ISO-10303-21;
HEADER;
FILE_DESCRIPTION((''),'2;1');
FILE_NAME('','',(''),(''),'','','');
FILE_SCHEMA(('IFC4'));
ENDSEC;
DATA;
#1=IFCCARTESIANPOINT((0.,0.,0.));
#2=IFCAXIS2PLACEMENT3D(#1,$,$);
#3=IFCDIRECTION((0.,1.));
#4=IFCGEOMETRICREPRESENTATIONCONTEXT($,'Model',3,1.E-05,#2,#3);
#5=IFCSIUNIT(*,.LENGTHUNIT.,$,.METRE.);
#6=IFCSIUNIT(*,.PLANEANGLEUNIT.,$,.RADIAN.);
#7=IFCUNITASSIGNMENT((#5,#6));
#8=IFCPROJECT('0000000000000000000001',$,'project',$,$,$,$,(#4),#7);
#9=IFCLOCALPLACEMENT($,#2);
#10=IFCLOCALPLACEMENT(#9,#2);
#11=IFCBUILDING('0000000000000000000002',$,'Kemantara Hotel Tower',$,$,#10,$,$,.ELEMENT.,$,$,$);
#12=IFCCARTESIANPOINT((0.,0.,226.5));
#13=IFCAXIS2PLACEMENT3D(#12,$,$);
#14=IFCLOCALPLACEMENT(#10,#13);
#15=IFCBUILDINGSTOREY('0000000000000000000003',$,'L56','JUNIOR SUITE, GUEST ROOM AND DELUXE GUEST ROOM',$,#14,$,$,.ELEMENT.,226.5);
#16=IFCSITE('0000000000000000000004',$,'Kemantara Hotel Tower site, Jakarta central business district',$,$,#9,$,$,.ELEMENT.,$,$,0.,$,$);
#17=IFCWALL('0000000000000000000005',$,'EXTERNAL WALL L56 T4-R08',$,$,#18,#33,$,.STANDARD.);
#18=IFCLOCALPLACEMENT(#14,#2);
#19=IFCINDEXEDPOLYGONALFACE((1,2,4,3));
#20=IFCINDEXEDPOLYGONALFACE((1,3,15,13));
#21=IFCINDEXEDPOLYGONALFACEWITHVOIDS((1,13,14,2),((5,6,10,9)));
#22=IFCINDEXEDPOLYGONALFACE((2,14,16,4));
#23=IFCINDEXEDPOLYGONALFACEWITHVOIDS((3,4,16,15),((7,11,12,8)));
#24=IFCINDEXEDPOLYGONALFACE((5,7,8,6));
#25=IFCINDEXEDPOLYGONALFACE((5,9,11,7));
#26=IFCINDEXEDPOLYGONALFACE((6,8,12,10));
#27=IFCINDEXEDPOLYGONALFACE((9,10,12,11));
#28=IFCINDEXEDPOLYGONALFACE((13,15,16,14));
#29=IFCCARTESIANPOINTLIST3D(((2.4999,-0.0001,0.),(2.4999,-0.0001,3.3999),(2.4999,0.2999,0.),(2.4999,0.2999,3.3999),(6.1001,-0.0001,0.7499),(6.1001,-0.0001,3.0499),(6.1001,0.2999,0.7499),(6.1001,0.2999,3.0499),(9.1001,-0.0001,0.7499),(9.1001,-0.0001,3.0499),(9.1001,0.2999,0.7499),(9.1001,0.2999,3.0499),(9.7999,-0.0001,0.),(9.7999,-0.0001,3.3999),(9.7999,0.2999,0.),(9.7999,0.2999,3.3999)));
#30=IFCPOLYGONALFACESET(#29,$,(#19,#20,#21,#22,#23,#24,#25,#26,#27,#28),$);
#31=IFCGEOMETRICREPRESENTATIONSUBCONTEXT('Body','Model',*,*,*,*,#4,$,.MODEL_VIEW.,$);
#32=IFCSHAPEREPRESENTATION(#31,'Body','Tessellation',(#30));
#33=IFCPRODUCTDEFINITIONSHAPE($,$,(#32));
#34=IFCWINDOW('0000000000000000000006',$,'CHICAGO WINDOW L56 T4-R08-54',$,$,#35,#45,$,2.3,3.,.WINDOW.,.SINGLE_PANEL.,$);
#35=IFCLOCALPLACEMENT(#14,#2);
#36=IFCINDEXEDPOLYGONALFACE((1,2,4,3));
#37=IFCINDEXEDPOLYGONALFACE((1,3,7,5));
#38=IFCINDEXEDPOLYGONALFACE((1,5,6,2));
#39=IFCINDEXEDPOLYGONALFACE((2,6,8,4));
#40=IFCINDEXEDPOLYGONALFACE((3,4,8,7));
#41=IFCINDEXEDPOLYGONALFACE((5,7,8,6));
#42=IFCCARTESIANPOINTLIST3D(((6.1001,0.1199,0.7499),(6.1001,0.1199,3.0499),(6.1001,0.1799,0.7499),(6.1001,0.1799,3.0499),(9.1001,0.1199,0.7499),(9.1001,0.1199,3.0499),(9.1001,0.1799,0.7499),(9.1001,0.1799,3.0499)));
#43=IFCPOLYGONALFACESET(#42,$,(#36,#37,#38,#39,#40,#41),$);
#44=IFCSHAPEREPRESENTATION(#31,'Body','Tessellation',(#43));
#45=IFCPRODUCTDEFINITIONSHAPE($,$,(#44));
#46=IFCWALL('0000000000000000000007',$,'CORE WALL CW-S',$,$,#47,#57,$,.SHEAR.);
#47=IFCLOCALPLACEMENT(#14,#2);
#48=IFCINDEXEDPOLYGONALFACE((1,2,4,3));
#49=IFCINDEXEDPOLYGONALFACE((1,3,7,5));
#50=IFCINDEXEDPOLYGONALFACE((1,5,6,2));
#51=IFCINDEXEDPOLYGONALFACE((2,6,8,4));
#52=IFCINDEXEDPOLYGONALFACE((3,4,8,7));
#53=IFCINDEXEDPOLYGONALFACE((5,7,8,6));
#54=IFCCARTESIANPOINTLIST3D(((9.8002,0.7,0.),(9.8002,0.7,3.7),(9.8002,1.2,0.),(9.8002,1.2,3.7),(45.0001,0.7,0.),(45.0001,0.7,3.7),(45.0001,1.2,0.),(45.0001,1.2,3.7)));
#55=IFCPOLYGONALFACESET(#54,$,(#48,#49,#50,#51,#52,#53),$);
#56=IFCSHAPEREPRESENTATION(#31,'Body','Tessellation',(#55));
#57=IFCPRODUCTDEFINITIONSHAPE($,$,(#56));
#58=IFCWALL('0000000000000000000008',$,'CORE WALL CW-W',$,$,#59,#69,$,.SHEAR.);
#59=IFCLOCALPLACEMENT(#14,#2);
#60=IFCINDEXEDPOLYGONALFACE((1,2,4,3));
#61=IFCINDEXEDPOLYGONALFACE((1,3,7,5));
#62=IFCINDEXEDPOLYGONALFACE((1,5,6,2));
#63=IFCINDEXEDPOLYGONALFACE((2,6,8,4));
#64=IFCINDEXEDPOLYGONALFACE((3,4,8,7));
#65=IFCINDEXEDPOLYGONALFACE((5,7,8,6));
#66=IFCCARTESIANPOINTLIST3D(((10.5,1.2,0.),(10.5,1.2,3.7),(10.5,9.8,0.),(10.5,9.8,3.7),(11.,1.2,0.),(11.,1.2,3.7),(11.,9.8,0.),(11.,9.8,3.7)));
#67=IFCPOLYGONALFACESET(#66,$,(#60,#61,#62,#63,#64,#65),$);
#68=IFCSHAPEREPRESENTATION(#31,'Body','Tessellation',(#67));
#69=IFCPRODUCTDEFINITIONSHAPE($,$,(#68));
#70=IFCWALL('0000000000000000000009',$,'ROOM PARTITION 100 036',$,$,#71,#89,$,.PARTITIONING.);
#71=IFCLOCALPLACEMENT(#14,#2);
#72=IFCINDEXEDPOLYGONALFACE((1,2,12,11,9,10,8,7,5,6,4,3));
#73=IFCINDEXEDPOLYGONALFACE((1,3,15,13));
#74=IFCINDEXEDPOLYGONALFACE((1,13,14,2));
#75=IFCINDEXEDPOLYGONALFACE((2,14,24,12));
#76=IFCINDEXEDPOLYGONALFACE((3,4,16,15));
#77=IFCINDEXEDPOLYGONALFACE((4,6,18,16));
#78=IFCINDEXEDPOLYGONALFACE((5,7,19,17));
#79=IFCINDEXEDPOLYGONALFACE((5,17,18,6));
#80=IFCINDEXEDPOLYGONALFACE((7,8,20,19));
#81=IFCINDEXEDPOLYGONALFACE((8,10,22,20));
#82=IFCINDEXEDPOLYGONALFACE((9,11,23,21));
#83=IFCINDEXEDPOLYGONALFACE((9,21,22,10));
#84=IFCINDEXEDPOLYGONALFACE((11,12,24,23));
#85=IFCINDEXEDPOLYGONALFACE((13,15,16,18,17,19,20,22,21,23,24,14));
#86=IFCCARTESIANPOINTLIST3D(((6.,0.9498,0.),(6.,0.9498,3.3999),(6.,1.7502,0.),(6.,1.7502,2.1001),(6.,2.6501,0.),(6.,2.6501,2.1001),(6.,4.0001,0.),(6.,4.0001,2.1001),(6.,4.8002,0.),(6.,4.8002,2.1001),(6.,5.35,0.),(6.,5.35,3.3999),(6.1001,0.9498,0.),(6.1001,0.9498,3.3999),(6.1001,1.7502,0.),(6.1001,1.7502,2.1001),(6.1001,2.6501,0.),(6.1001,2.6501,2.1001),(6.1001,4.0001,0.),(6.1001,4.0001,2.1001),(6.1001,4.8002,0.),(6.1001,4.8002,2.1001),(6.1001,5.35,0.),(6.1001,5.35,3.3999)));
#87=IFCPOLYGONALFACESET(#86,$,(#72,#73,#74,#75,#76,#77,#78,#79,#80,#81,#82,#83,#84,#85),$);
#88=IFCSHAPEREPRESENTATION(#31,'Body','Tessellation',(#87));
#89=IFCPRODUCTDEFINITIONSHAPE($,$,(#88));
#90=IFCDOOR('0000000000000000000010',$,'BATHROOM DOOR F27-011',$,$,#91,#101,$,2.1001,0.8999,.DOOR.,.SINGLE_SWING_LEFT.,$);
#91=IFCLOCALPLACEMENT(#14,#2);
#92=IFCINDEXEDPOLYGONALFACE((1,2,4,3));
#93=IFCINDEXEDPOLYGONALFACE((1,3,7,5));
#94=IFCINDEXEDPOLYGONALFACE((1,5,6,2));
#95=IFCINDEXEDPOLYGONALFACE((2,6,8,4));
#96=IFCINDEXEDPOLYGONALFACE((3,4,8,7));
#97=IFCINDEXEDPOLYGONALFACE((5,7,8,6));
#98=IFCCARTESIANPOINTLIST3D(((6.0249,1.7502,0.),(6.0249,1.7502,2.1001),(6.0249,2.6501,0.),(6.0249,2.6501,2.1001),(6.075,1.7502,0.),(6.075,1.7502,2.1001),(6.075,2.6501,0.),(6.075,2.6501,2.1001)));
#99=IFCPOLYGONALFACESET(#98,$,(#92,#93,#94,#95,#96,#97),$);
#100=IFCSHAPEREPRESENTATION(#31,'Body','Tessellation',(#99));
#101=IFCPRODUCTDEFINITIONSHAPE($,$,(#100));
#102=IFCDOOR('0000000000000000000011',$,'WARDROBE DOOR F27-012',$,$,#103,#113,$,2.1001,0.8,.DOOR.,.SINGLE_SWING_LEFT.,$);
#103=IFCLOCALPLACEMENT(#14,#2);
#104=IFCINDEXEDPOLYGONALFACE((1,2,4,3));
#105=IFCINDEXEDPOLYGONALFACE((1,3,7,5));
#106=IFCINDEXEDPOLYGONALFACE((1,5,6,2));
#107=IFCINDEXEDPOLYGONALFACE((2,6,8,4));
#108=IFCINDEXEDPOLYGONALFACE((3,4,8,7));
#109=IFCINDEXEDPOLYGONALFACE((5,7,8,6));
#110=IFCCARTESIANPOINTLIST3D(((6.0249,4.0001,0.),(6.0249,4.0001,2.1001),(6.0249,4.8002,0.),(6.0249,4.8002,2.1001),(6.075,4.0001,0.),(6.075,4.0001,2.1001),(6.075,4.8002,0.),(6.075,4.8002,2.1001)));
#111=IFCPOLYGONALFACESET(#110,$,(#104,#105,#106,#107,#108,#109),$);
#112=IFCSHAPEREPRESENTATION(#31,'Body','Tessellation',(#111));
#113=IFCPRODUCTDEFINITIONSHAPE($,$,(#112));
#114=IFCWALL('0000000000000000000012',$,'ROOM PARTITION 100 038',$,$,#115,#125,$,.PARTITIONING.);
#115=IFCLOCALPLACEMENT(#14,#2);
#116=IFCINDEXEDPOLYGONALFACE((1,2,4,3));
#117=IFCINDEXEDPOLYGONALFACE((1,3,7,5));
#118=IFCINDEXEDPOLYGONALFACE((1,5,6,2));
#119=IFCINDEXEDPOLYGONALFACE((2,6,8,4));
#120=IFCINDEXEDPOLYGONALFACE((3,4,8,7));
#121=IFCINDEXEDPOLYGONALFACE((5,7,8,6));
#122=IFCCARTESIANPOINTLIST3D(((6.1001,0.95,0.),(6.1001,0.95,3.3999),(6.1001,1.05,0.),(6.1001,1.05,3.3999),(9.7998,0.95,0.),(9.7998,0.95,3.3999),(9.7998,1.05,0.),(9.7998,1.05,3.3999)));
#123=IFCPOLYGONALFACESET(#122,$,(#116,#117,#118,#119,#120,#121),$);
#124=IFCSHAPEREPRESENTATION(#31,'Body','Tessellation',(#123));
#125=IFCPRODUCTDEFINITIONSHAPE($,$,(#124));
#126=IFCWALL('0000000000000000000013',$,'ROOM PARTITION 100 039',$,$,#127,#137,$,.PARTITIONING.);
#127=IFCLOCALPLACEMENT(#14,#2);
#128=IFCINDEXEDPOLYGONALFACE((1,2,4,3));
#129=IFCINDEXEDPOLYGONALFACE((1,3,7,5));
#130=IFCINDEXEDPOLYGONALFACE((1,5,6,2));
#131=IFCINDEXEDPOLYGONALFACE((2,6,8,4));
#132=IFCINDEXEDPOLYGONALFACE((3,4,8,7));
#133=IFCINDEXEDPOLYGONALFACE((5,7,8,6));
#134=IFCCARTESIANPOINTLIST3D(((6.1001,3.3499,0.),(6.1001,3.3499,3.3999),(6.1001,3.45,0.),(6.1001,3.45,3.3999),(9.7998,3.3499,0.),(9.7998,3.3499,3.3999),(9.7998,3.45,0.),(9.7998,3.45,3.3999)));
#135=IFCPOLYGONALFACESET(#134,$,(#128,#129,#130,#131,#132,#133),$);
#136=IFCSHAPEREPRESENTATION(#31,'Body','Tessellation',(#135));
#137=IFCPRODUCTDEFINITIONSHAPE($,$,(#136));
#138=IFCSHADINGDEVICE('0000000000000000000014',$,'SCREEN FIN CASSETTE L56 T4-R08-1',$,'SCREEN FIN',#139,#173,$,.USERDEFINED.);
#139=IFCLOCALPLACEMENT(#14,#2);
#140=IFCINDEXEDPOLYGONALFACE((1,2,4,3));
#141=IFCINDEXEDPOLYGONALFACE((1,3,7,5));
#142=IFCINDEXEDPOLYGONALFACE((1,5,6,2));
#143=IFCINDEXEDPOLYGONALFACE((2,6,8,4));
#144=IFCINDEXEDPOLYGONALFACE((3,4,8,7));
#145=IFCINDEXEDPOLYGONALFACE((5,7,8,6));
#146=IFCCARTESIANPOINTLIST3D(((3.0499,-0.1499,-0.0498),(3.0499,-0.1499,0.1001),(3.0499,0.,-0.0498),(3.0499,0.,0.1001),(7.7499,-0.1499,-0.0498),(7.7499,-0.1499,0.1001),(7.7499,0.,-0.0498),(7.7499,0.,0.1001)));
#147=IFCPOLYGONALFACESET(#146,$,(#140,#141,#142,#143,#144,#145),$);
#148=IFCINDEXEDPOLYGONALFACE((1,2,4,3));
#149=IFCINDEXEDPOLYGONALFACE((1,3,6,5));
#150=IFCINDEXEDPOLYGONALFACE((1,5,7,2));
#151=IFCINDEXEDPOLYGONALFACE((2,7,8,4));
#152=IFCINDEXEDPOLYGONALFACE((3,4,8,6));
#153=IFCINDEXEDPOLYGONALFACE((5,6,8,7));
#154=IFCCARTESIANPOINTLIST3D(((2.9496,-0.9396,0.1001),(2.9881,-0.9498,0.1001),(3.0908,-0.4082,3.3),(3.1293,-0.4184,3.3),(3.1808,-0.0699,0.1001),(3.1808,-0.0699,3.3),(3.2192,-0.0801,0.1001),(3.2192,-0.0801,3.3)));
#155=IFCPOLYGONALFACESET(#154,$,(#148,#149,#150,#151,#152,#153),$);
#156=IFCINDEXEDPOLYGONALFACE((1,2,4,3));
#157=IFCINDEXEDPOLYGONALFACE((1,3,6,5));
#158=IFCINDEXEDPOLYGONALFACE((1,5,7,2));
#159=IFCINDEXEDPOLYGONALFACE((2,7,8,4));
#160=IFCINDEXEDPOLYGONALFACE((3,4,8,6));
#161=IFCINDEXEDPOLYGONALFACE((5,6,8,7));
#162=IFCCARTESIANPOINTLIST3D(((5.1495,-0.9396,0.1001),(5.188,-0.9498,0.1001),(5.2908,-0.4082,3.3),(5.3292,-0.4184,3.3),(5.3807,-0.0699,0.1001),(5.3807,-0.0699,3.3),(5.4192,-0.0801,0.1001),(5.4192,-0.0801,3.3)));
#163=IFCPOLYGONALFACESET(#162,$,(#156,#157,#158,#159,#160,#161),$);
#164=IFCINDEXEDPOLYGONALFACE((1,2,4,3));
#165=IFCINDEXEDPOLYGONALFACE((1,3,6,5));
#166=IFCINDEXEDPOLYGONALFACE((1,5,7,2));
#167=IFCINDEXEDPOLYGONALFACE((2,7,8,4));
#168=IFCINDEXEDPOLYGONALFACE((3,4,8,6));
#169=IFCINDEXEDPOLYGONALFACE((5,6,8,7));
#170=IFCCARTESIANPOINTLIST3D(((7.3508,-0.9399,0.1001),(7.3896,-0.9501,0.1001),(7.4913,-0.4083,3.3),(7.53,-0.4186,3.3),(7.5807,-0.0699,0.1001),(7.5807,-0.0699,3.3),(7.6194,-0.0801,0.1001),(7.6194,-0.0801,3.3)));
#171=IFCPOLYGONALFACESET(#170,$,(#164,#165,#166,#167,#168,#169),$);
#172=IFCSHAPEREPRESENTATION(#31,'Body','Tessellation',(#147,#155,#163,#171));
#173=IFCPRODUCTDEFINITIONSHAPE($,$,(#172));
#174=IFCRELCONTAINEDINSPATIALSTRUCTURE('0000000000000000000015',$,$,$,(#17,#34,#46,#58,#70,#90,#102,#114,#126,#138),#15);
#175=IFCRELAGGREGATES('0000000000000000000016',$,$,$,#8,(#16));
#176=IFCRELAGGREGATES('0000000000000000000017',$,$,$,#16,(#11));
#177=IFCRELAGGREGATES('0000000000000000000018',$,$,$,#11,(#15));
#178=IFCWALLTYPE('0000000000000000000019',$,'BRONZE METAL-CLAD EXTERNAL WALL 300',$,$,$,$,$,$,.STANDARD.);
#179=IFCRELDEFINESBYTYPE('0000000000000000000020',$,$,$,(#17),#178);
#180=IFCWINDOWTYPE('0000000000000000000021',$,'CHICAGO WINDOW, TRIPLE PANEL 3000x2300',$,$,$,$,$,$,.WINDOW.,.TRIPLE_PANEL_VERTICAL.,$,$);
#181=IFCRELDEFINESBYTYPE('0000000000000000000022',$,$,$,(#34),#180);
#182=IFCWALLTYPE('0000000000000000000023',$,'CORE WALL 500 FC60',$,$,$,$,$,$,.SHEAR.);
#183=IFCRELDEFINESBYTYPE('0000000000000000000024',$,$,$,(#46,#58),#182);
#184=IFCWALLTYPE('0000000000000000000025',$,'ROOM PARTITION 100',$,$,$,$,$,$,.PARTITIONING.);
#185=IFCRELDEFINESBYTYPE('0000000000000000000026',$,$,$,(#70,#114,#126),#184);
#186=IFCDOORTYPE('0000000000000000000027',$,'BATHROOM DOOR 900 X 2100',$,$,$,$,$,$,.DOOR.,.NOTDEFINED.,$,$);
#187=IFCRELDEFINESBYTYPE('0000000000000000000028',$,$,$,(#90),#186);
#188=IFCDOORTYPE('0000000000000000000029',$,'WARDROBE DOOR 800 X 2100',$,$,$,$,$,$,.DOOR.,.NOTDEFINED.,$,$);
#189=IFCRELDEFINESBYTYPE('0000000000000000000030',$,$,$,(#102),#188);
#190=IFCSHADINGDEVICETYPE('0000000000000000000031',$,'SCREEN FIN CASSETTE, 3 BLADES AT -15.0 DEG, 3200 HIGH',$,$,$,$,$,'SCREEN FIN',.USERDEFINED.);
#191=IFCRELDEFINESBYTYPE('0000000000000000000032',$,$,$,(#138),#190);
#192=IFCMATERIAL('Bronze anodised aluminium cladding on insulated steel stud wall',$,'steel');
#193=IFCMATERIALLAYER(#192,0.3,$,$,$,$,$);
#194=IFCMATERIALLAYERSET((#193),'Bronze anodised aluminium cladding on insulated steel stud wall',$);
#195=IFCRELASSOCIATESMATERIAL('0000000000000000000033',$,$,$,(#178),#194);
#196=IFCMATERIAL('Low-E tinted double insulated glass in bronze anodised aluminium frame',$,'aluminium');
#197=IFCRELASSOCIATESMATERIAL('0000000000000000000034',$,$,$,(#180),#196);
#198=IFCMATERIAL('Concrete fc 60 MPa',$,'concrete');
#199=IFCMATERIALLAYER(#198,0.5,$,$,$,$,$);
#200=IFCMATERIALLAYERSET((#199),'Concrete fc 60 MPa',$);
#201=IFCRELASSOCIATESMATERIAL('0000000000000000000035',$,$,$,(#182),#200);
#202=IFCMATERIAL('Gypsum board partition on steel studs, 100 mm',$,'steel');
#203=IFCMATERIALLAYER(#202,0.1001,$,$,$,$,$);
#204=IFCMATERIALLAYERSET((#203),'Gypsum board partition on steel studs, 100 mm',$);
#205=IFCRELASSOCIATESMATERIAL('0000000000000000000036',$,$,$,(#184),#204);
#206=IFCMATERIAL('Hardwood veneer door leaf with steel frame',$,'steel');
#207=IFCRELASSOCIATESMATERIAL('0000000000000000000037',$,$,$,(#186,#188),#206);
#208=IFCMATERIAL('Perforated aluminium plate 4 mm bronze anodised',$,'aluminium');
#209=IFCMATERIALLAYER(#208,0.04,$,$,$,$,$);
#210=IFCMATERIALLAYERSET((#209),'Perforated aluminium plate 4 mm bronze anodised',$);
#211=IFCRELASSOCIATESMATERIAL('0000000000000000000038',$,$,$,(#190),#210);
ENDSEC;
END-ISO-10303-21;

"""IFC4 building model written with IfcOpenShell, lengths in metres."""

from ifc_helpers import new_model, si_unit, direction, frame, frame_2d, origin, origin_2d, place, context, subcontext, project, spatial, polyline, rectangle, outline, extrude, source, transform, mapped, material, layer, layer_set, type_object, element, fill, save


model = new_model("IFC4")

# Units and contexts
model_context = context("Model", 3, precision=1e-05, world=origin(), true_north=direction((0.0, 1.0)))
body_context = subcontext(model_context, "Body", "Model", "MODEL_VIEW")
ifc_project = project(units=[si_unit("LENGTHUNIT", "METRE"), si_unit("PLANEANGLEUNIT", "RADIAN")], contexts=[model_context])

# Site, building, storey
site_placement = place(None, origin())
site = spatial("IfcSite", under=ifc_project, at=site_placement, Name="Kemantara Hotel Tower site, Jakarta central business district", CompositionType="ELEMENT", RefElevation=0.0)
building_placement = place(site_placement, origin())
building = spatial("IfcBuilding", under=site, at=building_placement, Name="Kemantara Hotel Tower", CompositionType="ELEMENT")
storey_placement = place(building_placement, frame((0.0, 0.0, 226.5)))
storey = spatial("IfcBuildingStorey", under=building, at=storey_placement, Name="L56", Description="JUNIOR SUITE, GUEST ROOM AND DELUXE GUEST ROOM", CompositionType="ELEMENT", Elevation=226.5)

# Shared definitions
ifc_material_1 = material(Name="Concrete fc 60 MPa", Category="concrete")

# Shared definitions
ifc_material_2 = material(Name="Bronze anodised aluminium cladding on insulated steel stud wall", Category="steel")
ifc_layer_1 = layer(ifc_material_2, 0.3)
ifc_layer_set_1 = layer_set([ifc_layer_1], Name="Bronze anodised aluminium cladding on insulated steel stud wall")
wall_type_1 = type_object("IfcWallType", Name="BRONZE METAL-CLAD EXTERNAL WALL 300", PredefinedType="STANDARD", material=ifc_layer_set_1)

# Wall, opening, window
wall_1_placement = place(storey_placement, frame((2.5, 0.1499, 0.0), z_axis=(0.0, 0.0, 1.0), x_axis=(1.0, 0.0, 0.0)))
wall_1 = element("IfcWall", 1, at=wall_1_placement, inside=storey, type_object=wall_type_1, Name="EXTERNAL WALL L56 T4-R08", PredefinedType="STANDARD", context=body_context, shape_type="SweptSolid", body=[
    extrude(rectangle(XDim=7.3, YDim=0.3, at=frame_2d((3.6499, 0.0))), origin(), (0.0, 0.0, 1.0), 3.3999),
])
opening_1_placement = place(wall_1_placement, frame((3.6001, 0.0, 0.75)))
opening_1 = element("IfcOpeningElement", 2, at=opening_1_placement, cuts=wall_1, PredefinedType="OPENING", context=body_context, shape_type="SweptSolid", body=[
    extrude(rectangle(XDim=3.0, YDim=2.3, at=frame_2d((1.5, 1.1499))), frame((0.0, 0.1599, 0.0), z_axis=(0.0, -1.0, 0.0), x_axis=(1.0, 0.0, 0.0)), (0.0, 0.0, 1.0), 0.3201),
])
ifc_material_3 = material(Name="Low-E tinted double insulated glass in bronze anodised aluminium frame", Category="aluminium")
window_type = type_object("IfcWindowType", Name="CHICAGO WINDOW, TRIPLE PANEL 3000x2300", PartitioningType="TRIPLE_PANEL_VERTICAL", PredefinedType="WINDOW", material=ifc_material_3)
window_placement = place(opening_1_placement, origin())
window = element("IfcWindow", 3, at=window_placement, inside=storey, type_object=window_type, Name="CHICAGO WINDOW L56 T4-R08-54", OverallHeight=2.3, OverallWidth=3.0, PartitioningType="SINGLE_PANEL", PredefinedType="WINDOW", context=body_context, shape_type="SweptSolid", body=[
    extrude(rectangle(XDim=3.0, YDim=2.3, at=frame_2d((1.5, 1.1499))), frame((0.0, 0.03, 0.0), z_axis=(0.0, -1.0, 0.0), x_axis=(1.0, 0.0, 0.0)), (0.0, 0.0, 1.0), 0.0601),
])
fill(opening_1, window)

# Walls
ifc_layer_2 = layer(ifc_material_1, 0.5)
ifc_layer_set_2 = layer_set([ifc_layer_2], Name="Concrete fc 60 MPa")
wall_type_2 = type_object("IfcWallType", Name="CORE WALL 500 FC60", PredefinedType="SHEAR", material=ifc_layer_set_2)
wall_2_placement = place(storey_placement, frame((9.8, 0.95, 0.0), z_axis=(0.0, 0.0, 1.0), x_axis=(1.0, 0.0, 0.0)))
element("IfcWall", 4, at=wall_2_placement, inside=storey, type_object=wall_type_2, Name="CORE WALL CW-S", PredefinedType="SHEAR", context=body_context, shape_type="SweptSolid", body=[
    extrude(rectangle(XDim=35.2, YDim=0.5, at=frame_2d((17.6001, 0.0))), origin(), (0.0, 0.0, 1.0), 3.7),
])
wall_3_placement = place(storey_placement, frame((10.75, 1.2, 0.0), z_axis=(0.0, 0.0, 1.0), x_axis=(0.0, 1.0, 0.0)))
element("IfcWall", 5, at=wall_3_placement, inside=storey, type_object=wall_type_2, Name="CORE WALL CW-W", PredefinedType="SHEAR", context=body_context, shape_type="SweptSolid", body=[
    extrude(rectangle(XDim=8.6001, YDim=0.5, at=frame_2d((4.3, 0.0))), origin(), (0.0, 0.0, 1.0), 3.7),
])

# Wall, openings, doors
ifc_material_4 = material(Name="Gypsum board partition on steel studs, 100 mm", Category="steel")
ifc_layer_3 = layer(ifc_material_4, 0.1001)
ifc_layer_set_3 = layer_set([ifc_layer_3], Name="Gypsum board partition on steel studs, 100 mm")
wall_type_3 = type_object("IfcWallType", Name="ROOM PARTITION 100", PredefinedType="PARTITIONING", material=ifc_layer_set_3)
wall_4_placement = place(storey_placement, frame((6.05, 5.3501, 0.0), z_axis=(0.0, 0.0, 1.0), x_axis=(0.0, -1.0, 0.0)))
wall_4 = element("IfcWall", 6, at=wall_4_placement, inside=storey, type_object=wall_type_3, Name="ROOM PARTITION 100 036", PredefinedType="PARTITIONING", context=body_context, shape_type="SweptSolid", body=[
    extrude(rectangle(XDim=4.4001, YDim=0.1001, at=frame_2d((2.2002, 0.0))), origin(), (0.0, 0.0, 1.0), 3.3999),
])
opening_2_placement = place(wall_4_placement, frame((2.7, 0.0, 0.0)))
opening_2 = element("IfcOpeningElement", 7, at=opening_2_placement, cuts=wall_4, PredefinedType="OPENING", context=body_context, shape_type="SweptSolid", body=[
    extrude(rectangle(XDim=0.8999, YDim=2.1001, at=frame_2d((0.45, 1.05))), frame((0.0, 0.0601, 0.0), z_axis=(0.0, -1.0, 0.0), x_axis=(1.0, 0.0, 0.0)), (0.0, 0.0, 1.0), 0.1201),
])
opening_3_placement = place(wall_4_placement, frame((0.55, 0.0, 0.0)))
opening_3 = element("IfcOpeningElement", 8, at=opening_3_placement, cuts=wall_4, PredefinedType="OPENING", context=body_context, shape_type="SweptSolid", body=[
    extrude(rectangle(XDim=0.8, YDim=2.1001, at=frame_2d((0.3999, 1.05))), frame((0.0, 0.0601, 0.0), z_axis=(0.0, -1.0, 0.0), x_axis=(1.0, 0.0, 0.0)), (0.0, 0.0, 1.0), 0.1201),
])
ifc_material_5 = material(Name="Hardwood veneer door leaf with steel frame", Category="steel")
door_type_1 = type_object("IfcDoorType", Name="BATHROOM DOOR 900 X 2100", OperationType="NOTDEFINED", PredefinedType="DOOR", material=ifc_material_5)
door_1_placement = place(opening_2_placement, origin())
door_1 = element("IfcDoor", 9, at=door_1_placement, inside=storey, type_object=door_type_1, Name="BATHROOM DOOR F27-011", OperationType="SINGLE_SWING_LEFT", OverallHeight=2.1001, OverallWidth=0.8999, PredefinedType="DOOR", context=body_context, shape_type="SweptSolid", body=[
    extrude(rectangle(XDim=0.8999, YDim=2.1001, at=frame_2d((0.45, 1.05))), frame((0.0, 0.0249, 0.0), z_axis=(0.0, -1.0, 0.0), x_axis=(1.0, 0.0, 0.0)), (0.0, 0.0, 1.0), 0.05),
])
fill(opening_2, door_1)
door_type_2 = type_object("IfcDoorType", Name="WARDROBE DOOR 800 X 2100", OperationType="NOTDEFINED", PredefinedType="DOOR", material=ifc_material_5)
door_2_placement = place(opening_3_placement, origin())
door_2 = element("IfcDoor", 10, at=door_2_placement, inside=storey, type_object=door_type_2, Name="WARDROBE DOOR F27-012", OperationType="SINGLE_SWING_LEFT", OverallHeight=2.1001, OverallWidth=0.8, PredefinedType="DOOR", context=body_context, shape_type="SweptSolid", body=[
    extrude(rectangle(XDim=0.8, YDim=2.1001, at=frame_2d((0.3999, 1.05))), frame((0.0, 0.0249, 0.0), z_axis=(0.0, -1.0, 0.0), x_axis=(1.0, 0.0, 0.0)), (0.0, 0.0, 1.0), 0.05),
])
fill(opening_3, door_2)

# Walls
for number, where, z_axis, x_axis, name in (
    (11, (6.1001, 1.0, 0.0), (0.0, 0.0, 1.0), (1.0, 0.0, 0.0), "ROOM PARTITION 100 038"),
    (12, (6.1001, 3.3999, 0.0), (0.0, 0.0, 1.0), (1.0, 0.0, 0.0), "ROOM PARTITION 100 039"),
):
    element("IfcWall", number, at=place(storey_placement, frame(where, z_axis=z_axis, x_axis=x_axis)), inside=storey, type_object=wall_type_3, Name=name, PredefinedType="PARTITIONING", context=body_context, shape_type="SweptSolid", body=[
        extrude(rectangle(XDim=3.6997, YDim=0.1001, at=frame_2d((1.8499, 0.0))), origin(), (0.0, 0.0, 1.0), 3.3999),
    ])

# Shading device
ifc_material_6 = material(Name="Perforated aluminium plate 4 mm bronze anodised", Category="aluminium")
ifc_layer_4 = layer(ifc_material_6, 0.04)
ifc_layer_set_4 = layer_set([ifc_layer_4], Name="Perforated aluminium plate 4 mm bronze anodised")
shading_device_type_1 = type_object("IfcShadingDeviceType", Name="SCREEN FIN CASSETTE, 3 BLADES AT -15.0 DEG, 3200 HIGH", ElementType="SCREEN FIN", PredefinedType="USERDEFINED", material=ifc_layer_set_4)
shared_shape_1 = source(origin(), body_context, "Body", "SweptSolid", [
    extrude(rectangle(XDim=4.7, YDim=0.1499, at=origin_2d()), frame((2.2, -0.075, -0.1499), z_axis=(0.0, 0.0, 1.0), x_axis=(1.0, 0.0, 0.0)), (0.0, 0.0, 1.0), 0.1499),
    extrude(outline(polyline([(0.0, 0.0), (0.8999, 0.0), (0.3501, 3.2), (0.0, 3.2), (0.0, 0.0)])), frame((0.0193, -0.0801, 0.0), z_axis=(-0.966438, 0.256901, 0.0), x_axis=(-0.256901, -0.966438, 0.0)), (0.0, 0.0, 1.0), 0.0398),
    extrude(outline(polyline([(0.0, 0.0), (0.8999, 0.0), (0.3501, 3.2), (0.0, 3.2), (0.0, 0.0)])), frame((2.2192, -0.0801, 0.0), z_axis=(-0.966438, 0.256901, 0.0), x_axis=(-0.256901, -0.966438, 0.0)), (0.0, 0.0, 1.0), 0.0398),
    extrude(outline(polyline([(0.0, 0.0), (0.8999, 0.0), (0.3501, 3.2), (0.0, 3.2), (0.0, 0.0)])), frame((4.4194, -0.0801, 0.0), z_axis=(-0.966838, 0.255391, 0.0), x_axis=(-0.255391, -0.966838, 0.0)), (0.0, 0.0, 1.0), 0.04),
])
shading_device_1_placement = place(storey_placement, frame((3.2, 0.0, 0.1001), z_axis=(0.0, 0.0, 1.0), x_axis=(1.0, 0.0, 0.0)))
element("IfcShadingDevice", 13, at=shading_device_1_placement, inside=storey, type_object=shading_device_type_1, Name="SCREEN FIN CASSETTE L56 T4-R08-1", ObjectType="SCREEN FIN", PredefinedType="USERDEFINED", context=body_context, shape_type="MappedRepresentation", body=[
    mapped(shared_shape_1, transform((0.0, 0.0, 0.0))),
])

save(model, "model.ifc")
